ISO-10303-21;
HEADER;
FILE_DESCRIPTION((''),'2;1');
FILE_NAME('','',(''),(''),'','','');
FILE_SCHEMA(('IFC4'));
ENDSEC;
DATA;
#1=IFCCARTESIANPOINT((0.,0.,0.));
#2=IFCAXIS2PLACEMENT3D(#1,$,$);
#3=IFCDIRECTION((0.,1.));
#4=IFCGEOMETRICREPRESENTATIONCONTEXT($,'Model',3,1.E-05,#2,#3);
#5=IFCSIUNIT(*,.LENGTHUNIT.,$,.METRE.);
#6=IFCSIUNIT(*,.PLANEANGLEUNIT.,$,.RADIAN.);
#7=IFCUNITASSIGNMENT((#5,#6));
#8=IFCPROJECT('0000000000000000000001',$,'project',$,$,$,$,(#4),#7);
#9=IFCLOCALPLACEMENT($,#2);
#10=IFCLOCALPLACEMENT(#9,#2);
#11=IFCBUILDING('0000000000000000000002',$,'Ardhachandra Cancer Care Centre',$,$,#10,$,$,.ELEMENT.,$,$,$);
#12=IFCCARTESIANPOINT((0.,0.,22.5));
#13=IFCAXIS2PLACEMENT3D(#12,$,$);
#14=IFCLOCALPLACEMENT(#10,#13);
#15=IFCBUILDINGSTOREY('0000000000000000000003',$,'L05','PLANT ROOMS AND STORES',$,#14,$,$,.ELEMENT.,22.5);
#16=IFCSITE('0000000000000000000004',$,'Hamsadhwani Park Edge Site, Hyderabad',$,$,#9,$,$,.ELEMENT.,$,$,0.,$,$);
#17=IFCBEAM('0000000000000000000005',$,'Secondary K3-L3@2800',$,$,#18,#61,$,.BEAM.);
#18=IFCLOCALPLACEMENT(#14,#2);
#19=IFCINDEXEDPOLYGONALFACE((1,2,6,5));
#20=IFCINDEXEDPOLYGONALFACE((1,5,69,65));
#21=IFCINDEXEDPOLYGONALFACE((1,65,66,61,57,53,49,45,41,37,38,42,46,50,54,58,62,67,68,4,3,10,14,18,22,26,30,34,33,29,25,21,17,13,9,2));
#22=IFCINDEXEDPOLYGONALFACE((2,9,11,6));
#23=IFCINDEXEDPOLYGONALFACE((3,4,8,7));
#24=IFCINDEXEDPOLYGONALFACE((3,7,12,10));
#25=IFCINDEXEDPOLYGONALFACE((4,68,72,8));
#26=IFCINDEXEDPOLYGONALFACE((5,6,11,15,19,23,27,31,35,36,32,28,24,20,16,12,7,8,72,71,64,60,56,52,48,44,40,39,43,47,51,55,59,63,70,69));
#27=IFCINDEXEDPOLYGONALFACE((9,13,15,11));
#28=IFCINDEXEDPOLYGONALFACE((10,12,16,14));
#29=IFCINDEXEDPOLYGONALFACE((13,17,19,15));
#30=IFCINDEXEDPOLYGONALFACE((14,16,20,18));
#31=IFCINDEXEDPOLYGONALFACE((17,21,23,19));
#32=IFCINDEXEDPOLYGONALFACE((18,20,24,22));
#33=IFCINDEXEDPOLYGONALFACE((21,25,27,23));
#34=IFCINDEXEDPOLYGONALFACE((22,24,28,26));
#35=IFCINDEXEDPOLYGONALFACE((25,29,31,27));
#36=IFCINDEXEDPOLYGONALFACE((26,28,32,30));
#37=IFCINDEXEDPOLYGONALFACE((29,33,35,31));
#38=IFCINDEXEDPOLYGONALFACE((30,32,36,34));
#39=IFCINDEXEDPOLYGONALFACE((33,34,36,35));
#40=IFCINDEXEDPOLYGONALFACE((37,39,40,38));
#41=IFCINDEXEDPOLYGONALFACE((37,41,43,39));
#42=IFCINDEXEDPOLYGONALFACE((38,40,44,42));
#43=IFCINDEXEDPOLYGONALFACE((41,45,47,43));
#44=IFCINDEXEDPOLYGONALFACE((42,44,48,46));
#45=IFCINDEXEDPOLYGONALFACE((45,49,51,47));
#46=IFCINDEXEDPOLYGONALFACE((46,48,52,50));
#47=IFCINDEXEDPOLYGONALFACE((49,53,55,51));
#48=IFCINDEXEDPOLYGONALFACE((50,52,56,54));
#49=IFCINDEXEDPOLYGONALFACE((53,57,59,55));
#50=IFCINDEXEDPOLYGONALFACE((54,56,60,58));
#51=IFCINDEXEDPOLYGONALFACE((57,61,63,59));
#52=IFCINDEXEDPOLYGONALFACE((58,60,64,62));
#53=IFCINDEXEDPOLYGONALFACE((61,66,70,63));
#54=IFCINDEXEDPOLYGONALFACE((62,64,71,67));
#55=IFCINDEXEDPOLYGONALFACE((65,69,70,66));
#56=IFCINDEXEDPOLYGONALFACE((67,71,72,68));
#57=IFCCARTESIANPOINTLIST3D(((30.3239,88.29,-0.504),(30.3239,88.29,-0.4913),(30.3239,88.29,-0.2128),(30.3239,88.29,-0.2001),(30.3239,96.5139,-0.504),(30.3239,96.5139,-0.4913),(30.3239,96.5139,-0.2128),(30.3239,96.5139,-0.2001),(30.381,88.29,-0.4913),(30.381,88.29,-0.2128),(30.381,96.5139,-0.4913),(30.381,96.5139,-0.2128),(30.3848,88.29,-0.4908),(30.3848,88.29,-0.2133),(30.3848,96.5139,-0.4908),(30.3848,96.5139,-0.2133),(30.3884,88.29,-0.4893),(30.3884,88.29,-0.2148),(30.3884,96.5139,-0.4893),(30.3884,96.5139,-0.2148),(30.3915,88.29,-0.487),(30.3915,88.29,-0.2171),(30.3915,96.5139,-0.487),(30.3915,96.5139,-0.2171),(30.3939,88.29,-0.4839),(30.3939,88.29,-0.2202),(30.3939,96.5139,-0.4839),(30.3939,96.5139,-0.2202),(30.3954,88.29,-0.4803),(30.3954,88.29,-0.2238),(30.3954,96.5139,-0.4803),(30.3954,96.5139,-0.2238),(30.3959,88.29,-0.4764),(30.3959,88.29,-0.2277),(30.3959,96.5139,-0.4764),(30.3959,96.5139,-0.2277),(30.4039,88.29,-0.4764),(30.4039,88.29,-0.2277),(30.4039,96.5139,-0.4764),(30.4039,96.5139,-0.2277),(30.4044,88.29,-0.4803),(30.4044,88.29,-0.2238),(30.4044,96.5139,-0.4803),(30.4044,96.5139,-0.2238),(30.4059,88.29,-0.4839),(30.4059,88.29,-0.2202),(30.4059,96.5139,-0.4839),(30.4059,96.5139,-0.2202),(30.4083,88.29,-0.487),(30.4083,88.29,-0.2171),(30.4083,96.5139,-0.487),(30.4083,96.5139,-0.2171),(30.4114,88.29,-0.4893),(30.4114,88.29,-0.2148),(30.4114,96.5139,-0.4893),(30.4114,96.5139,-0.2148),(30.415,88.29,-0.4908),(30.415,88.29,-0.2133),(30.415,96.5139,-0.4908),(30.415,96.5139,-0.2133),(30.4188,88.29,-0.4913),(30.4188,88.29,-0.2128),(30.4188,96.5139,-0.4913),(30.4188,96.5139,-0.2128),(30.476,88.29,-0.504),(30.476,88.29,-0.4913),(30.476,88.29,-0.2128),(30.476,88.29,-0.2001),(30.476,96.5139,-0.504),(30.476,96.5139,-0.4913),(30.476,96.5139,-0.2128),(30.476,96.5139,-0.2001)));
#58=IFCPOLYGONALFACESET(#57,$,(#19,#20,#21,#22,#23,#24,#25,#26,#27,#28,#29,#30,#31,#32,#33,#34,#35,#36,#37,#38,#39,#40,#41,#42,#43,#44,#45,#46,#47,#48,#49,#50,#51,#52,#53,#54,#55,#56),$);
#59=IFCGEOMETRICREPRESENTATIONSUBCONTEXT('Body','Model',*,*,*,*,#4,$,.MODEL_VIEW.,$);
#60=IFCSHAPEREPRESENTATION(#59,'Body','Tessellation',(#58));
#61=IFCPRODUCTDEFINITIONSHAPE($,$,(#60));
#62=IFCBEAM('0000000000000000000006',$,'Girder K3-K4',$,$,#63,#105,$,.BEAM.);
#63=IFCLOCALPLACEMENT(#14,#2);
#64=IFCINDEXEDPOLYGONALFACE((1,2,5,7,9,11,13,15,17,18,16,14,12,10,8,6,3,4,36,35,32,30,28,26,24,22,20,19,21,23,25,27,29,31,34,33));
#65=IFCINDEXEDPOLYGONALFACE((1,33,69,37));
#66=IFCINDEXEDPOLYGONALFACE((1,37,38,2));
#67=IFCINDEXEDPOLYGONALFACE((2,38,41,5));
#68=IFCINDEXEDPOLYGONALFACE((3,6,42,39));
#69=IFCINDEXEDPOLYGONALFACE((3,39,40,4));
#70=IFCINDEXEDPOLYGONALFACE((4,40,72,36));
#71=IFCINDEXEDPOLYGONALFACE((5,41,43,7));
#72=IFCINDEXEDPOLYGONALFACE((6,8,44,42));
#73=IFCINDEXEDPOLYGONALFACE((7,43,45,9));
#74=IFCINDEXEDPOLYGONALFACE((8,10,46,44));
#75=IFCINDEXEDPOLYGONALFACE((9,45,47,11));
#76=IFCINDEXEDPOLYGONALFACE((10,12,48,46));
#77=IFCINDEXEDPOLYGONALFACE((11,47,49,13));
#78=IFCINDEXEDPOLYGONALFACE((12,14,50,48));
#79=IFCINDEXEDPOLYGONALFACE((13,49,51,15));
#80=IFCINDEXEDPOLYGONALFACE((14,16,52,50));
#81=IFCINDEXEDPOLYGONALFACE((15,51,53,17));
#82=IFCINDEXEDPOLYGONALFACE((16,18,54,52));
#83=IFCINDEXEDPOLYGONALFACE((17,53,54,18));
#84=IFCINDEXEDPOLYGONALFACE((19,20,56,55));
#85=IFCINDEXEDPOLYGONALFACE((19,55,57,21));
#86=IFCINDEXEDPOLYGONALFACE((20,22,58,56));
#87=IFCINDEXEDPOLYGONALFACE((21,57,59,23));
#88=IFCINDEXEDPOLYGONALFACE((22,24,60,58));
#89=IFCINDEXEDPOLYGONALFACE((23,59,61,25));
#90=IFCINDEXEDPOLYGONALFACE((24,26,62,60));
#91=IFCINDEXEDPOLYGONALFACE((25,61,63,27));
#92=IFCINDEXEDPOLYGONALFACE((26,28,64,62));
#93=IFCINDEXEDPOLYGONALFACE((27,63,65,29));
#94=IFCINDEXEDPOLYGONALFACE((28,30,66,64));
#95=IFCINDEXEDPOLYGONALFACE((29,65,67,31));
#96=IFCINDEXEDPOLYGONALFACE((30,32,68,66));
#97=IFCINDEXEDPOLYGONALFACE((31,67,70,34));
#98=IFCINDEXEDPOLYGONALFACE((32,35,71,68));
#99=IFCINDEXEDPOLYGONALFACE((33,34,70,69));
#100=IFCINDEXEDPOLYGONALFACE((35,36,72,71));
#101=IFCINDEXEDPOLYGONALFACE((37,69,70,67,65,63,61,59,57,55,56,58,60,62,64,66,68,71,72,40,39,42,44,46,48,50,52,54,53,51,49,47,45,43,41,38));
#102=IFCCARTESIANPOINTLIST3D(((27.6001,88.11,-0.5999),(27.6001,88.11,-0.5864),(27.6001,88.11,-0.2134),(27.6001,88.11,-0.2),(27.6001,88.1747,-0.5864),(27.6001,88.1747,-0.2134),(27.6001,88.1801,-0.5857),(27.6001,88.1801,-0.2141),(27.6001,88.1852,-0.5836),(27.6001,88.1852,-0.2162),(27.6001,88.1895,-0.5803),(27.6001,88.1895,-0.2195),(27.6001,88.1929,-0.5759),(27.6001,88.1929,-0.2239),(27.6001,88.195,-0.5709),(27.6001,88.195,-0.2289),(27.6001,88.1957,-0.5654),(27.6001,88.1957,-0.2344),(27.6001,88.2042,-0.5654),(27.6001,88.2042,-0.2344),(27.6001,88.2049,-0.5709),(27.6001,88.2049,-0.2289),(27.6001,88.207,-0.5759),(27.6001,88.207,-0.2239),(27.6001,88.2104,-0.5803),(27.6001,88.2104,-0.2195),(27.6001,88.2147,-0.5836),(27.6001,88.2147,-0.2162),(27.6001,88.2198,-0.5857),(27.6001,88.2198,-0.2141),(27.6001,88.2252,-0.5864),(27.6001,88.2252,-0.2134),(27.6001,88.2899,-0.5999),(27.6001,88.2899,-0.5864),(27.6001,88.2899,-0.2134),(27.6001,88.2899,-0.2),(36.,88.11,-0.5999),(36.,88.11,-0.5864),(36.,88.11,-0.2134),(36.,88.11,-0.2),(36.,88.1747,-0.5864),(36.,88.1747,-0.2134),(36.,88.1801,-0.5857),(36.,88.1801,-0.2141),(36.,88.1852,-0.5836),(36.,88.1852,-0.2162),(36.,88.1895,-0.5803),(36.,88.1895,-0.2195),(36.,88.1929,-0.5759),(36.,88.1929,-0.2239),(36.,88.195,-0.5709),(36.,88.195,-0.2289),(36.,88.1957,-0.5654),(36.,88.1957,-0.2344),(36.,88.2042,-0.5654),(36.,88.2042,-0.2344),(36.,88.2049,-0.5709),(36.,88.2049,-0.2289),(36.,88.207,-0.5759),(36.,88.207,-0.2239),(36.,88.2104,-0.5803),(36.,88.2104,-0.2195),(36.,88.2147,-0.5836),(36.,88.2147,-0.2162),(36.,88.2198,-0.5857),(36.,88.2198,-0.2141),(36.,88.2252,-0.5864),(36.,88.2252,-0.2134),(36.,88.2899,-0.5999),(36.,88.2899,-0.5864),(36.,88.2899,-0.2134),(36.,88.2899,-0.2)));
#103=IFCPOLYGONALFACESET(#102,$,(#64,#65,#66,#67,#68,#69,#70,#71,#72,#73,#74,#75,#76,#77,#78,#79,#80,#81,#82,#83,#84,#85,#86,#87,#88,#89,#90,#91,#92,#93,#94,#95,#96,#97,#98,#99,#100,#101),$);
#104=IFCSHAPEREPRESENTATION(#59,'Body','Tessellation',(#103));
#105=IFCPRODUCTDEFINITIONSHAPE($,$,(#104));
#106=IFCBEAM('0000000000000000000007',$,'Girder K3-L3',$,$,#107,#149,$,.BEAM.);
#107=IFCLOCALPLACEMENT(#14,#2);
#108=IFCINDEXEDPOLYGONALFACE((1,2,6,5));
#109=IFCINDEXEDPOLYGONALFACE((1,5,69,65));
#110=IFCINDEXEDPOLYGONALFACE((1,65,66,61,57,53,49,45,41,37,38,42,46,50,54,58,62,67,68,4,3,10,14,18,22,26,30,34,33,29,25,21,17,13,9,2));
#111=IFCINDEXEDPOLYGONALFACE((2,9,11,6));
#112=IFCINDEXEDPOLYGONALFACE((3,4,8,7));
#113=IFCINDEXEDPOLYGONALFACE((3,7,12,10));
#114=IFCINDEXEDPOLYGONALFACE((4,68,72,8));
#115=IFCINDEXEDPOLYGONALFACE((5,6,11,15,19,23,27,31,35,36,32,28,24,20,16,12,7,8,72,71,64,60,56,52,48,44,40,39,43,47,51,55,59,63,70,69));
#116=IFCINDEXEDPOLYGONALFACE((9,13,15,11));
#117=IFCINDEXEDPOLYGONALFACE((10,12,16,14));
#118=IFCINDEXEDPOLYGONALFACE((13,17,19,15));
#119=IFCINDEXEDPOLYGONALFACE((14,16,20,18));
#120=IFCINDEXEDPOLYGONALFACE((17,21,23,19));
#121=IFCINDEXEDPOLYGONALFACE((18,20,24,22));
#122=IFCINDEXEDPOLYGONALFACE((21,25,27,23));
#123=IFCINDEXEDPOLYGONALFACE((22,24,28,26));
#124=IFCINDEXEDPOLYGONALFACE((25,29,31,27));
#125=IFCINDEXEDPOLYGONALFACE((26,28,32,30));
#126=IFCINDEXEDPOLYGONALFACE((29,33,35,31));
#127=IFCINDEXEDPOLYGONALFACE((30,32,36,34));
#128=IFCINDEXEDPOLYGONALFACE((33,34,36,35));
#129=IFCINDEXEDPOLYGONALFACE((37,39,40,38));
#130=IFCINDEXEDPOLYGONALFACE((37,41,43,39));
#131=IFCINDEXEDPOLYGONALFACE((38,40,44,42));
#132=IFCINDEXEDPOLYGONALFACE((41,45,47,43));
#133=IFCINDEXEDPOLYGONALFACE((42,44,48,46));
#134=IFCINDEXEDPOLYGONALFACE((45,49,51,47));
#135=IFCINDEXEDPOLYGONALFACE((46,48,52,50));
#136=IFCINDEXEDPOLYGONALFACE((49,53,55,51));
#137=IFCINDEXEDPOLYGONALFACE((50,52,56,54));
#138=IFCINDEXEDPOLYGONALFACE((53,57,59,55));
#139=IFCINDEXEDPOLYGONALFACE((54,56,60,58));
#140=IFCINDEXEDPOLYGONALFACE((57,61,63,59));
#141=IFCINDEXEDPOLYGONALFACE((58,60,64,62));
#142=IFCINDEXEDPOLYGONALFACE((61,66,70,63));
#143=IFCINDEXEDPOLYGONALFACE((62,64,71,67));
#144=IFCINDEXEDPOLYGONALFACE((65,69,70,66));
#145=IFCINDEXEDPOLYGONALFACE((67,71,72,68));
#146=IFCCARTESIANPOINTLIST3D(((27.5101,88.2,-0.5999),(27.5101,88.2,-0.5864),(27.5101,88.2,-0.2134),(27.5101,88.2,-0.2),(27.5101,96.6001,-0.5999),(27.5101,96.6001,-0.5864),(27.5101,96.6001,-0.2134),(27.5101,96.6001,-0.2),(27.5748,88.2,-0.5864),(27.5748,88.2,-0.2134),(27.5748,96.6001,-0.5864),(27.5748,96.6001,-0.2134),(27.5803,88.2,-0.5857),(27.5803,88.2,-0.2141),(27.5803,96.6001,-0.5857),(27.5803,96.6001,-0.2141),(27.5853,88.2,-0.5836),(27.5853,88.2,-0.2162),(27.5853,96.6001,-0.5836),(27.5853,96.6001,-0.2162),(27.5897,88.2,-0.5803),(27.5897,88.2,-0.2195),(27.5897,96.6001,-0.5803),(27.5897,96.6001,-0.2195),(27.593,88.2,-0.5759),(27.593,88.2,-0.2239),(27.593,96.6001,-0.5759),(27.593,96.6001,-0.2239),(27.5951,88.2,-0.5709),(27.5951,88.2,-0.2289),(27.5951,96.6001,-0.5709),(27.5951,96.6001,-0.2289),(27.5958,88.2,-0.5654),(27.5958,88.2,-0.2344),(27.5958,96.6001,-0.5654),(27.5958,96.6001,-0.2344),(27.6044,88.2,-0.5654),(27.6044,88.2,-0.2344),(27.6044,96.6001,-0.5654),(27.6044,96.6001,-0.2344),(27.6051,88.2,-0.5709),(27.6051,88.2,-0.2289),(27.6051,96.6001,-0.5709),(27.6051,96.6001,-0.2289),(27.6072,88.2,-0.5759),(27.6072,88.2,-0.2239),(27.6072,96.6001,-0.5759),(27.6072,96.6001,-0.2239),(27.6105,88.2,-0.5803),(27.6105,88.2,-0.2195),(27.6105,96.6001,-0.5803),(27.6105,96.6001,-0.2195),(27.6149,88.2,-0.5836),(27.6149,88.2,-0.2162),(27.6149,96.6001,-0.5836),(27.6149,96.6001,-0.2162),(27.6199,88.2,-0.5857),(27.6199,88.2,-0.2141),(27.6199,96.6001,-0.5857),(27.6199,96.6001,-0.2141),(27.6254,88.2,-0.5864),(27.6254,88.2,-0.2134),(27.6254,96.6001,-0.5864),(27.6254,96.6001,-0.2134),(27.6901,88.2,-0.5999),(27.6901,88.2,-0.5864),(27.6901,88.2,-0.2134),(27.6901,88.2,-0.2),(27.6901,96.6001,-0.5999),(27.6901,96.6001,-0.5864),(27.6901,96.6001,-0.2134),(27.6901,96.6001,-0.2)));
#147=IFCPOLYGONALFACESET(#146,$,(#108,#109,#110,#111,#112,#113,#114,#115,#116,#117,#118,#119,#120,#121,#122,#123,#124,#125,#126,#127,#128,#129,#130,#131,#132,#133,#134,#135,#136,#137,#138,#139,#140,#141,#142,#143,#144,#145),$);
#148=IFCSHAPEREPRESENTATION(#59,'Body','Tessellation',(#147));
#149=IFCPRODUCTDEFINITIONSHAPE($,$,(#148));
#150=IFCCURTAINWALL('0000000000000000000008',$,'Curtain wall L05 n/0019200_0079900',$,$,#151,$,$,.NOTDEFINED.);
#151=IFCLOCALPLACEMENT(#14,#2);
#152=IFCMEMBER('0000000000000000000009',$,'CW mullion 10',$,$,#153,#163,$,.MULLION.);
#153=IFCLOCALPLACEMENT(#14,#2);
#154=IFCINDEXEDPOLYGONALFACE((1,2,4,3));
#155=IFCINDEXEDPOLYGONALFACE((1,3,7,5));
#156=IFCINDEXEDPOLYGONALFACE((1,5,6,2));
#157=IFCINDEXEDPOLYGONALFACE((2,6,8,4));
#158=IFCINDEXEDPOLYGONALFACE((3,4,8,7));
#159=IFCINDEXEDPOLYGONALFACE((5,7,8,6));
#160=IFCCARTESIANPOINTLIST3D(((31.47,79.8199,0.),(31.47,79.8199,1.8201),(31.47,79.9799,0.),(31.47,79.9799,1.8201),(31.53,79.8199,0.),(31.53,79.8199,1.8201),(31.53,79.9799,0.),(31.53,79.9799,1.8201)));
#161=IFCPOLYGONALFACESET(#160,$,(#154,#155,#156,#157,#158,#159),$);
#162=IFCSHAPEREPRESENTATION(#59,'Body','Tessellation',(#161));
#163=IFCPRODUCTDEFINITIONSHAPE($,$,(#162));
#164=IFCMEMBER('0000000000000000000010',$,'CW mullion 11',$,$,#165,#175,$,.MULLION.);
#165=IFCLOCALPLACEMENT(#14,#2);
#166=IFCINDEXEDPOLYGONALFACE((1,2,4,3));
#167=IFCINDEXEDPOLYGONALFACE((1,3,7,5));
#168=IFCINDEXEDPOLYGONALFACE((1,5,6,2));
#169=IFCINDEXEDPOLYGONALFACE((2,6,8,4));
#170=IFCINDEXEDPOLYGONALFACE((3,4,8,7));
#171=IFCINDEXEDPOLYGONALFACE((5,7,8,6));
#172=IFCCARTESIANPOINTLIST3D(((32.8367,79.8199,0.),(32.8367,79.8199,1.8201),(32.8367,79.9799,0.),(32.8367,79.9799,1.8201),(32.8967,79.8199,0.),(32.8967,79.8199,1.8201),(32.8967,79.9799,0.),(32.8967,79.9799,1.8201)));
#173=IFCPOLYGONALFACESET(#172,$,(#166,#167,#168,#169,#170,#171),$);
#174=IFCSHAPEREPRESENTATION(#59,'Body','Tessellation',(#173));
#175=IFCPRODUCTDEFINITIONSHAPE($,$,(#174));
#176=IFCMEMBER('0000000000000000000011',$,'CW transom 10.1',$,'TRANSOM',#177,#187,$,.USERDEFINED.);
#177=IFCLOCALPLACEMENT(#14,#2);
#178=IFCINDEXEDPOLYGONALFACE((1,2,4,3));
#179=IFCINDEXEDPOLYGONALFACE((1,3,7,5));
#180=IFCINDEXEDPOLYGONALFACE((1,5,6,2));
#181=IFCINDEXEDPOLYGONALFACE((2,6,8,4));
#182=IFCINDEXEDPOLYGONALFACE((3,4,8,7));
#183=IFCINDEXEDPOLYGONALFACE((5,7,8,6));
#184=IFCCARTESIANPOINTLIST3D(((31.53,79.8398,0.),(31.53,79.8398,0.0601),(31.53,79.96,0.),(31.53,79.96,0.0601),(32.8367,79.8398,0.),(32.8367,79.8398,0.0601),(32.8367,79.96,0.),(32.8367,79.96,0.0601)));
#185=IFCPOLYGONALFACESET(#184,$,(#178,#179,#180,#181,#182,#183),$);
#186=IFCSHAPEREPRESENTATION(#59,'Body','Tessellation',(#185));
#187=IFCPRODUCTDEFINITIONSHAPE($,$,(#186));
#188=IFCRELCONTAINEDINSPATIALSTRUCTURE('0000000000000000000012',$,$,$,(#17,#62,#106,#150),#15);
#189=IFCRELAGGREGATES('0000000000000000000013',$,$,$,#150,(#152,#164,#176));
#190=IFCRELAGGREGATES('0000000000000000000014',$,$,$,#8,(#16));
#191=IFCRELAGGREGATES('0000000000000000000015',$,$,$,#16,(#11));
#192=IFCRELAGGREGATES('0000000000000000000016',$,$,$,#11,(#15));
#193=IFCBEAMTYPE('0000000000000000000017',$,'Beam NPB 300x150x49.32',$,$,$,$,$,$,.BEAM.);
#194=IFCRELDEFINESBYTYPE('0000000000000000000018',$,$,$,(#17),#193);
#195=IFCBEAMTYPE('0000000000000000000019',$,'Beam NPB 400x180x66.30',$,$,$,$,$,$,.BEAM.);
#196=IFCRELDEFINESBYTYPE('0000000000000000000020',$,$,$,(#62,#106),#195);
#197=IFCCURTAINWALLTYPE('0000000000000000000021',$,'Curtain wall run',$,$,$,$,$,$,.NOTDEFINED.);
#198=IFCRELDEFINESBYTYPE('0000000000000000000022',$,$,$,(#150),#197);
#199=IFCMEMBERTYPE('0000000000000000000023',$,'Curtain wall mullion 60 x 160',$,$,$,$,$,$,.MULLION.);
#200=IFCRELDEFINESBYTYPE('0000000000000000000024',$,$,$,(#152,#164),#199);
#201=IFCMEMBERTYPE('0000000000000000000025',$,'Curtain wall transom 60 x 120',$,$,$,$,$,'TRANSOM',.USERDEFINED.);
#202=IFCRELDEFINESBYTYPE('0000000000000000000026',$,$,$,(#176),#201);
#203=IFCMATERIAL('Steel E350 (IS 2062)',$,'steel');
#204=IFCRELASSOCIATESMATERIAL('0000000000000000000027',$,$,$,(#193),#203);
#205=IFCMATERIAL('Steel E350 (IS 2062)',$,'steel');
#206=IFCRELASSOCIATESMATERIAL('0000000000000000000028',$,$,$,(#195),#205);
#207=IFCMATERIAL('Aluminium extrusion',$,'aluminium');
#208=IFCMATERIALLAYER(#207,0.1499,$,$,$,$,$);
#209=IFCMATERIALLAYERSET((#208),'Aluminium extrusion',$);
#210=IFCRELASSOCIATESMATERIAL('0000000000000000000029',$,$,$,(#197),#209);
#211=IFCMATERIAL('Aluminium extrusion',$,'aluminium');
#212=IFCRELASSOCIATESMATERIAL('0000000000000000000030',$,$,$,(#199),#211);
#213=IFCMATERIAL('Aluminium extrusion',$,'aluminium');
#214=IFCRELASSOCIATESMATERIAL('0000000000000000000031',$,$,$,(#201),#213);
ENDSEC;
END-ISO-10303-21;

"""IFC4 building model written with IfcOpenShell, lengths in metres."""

from ifc_helpers import new_model, si_unit, direction, frame, origin, origin_2d, place, context, subcontext, project, spatial, rectangle, i_section, extrude, material, layer, layer_set, material_profile, profile_set, type_object, element, aggregate, save


model = new_model("IFC4")

# Units and contexts
model_context = context("Model", 3, precision=1e-05, world=origin(), true_north=direction((0.0, 1.0)))
body_context = subcontext(model_context, "Body", "Model", "MODEL_VIEW")
ifc_project = project(units=[si_unit("LENGTHUNIT", "METRE"), si_unit("PLANEANGLEUNIT", "RADIAN")], contexts=[model_context])

# Site, building, storey
site_placement = place(None, origin())
site = spatial("IfcSite", under=ifc_project, at=site_placement, Name="Hamsadhwani Park Edge Site, Hyderabad", CompositionType="ELEMENT", RefElevation=0.0)
building_placement = place(site_placement, origin())
building = spatial("IfcBuilding", under=site, at=building_placement, Name="Ardhachandra Cancer Care Centre", CompositionType="ELEMENT")
storey_placement = place(building_placement, frame((0.0, 0.0, 22.5)))
storey = spatial("IfcBuildingStorey", under=building, at=storey_placement, Name="L05", Description="PLANT ROOMS AND STORES", CompositionType="ELEMENT", Elevation=22.5)

# Beams
ifc_material_1 = material(Name="Steel E350 (IS 2062)", Category="steel")
ifc_material_profile_1 = material_profile(ifc_material_1, i_section(OverallWidth=0.1521, OverallDepth=0.304, WebThickness=0.0081, FlangeThickness=0.0127, FilletRadius=0.0149, at=origin_2d()), Name="NPB 300x150x49.32")
ifc_profile_set_1 = profile_set([ifc_material_profile_1], Name="Steel E350 (IS 2062)")
beam_type_1 = type_object("IfcBeamType", Name="Beam NPB 300x150x49.32", PredefinedType="BEAM", material=ifc_profile_set_1)
beam_1_placement = place(storey_placement, frame((30.3999, 88.29, -0.3521), z_axis=(0.0, 1.0, 0.0), x_axis=(-1.0, 0.0, 0.0)))
element("IfcBeam", 1, at=beam_1_placement, inside=storey, type_object=beam_type_1, Name="Secondary K3-L3@2800", PredefinedType="BEAM", context=body_context, shape_type="SweptSolid", body=[
    extrude(i_section(OverallWidth=0.1521, OverallDepth=0.304, WebThickness=0.0081, FlangeThickness=0.0127, FilletRadius=0.0149, at=origin_2d()), origin(), (0.0, 0.0, 1.0), 8.2239),
])
ifc_material_2 = material(Name="Steel E350 (IS 2062)", Category="steel")
ifc_material_profile_2 = material_profile(ifc_material_2, i_section(OverallWidth=0.1799, OverallDepth=0.3999, WebThickness=0.0085, FlangeThickness=0.0134, FilletRadius=0.021, at=origin_2d()), Name="NPB 400x180x66.30")
ifc_profile_set_2 = profile_set([ifc_material_profile_2], Name="Steel E350 (IS 2062)")
beam_type_2 = type_object("IfcBeamType", Name="Beam NPB 400x180x66.30", PredefinedType="BEAM", material=ifc_profile_set_2)
beam_2_placement = place(storey_placement, frame((27.6001, 88.2, -0.3999), z_axis=(1.0, 0.0, 0.0), x_axis=(0.0, 1.0, 0.0)))
element("IfcBeam", 2, at=beam_2_placement, inside=storey, type_object=beam_type_2, Name="Girder K3-K4", PredefinedType="BEAM", context=body_context, shape_type="SweptSolid", body=[
    extrude(i_section(OverallWidth=0.1799, OverallDepth=0.3999, WebThickness=0.0085, FlangeThickness=0.0134, FilletRadius=0.021, at=origin_2d()), origin(), (0.0, 0.0, 1.0), 8.3999),
])
beam_3_placement = place(storey_placement, frame((27.6001, 88.2, -0.3999), z_axis=(0.0, 1.0, 0.0), x_axis=(-1.0, 0.0, 0.0)))
element("IfcBeam", 3, at=beam_3_placement, inside=storey, type_object=beam_type_2, Name="Girder K3-L3", PredefinedType="BEAM", context=body_context, shape_type="SweptSolid", body=[
    extrude(i_section(OverallWidth=0.1799, OverallDepth=0.3999, WebThickness=0.0085, FlangeThickness=0.0134, FilletRadius=0.021, at=origin_2d()), origin(), (0.0, 0.0, 1.0), 8.4001),
])

# Curtain wall, members
ifc_material_3 = material(Name="Aluminium extrusion", Category="aluminium")
ifc_layer_1 = layer(ifc_material_3, 0.1499)
ifc_layer_set_1 = layer_set([ifc_layer_1], Name="Aluminium extrusion")
curtain_wall_type = type_object("IfcCurtainWallType", Name="Curtain wall run", PredefinedType="NOTDEFINED", material=ifc_layer_set_1)
curtain_wall_placement = place(storey_placement, origin())
curtain_wall = element("IfcCurtainWall", 4, at=curtain_wall_placement, inside=storey, type_object=curtain_wall_type, Name="Curtain wall L05 n/0019200_0079900", PredefinedType="NOTDEFINED")
ifc_material_4 = material(Name="Aluminium extrusion", Category="aluminium")
ifc_material_profile_3 = material_profile(ifc_material_4, rectangle(XDim=0.1599, YDim=0.0601, at=origin_2d()), Name="Curtain wall mullion 60 x 160")
ifc_profile_set_3 = profile_set([ifc_material_profile_3], Name="Aluminium extrusion")
member_type_1 = type_object("IfcMemberType", Name="Curtain wall mullion 60 x 160", PredefinedType="MULLION", material=ifc_profile_set_3)
member_1_placement = place(storey_placement, frame((31.5, 79.8999, 0.0), z_axis=(0.0, 0.0, 1.0), x_axis=(0.0, 1.0, 0.0)))
member_1 = element("IfcMember", 5, at=member_1_placement, type_object=member_type_1, Name="CW mullion 10", PredefinedType="MULLION", context=body_context, shape_type="SweptSolid", body=[
    extrude(rectangle(XDim=0.1599, YDim=0.0601, at=origin_2d()), origin(), (0.0, 0.0, 1.0), 1.8201),
])
member_2_placement = place(storey_placement, frame((32.8667, 79.8999, 0.0), z_axis=(0.0, 0.0, 1.0), x_axis=(0.0, 1.0, 0.0)))
member_2 = element("IfcMember", 6, at=member_2_placement, type_object=member_type_1, Name="CW mullion 11", PredefinedType="MULLION", context=body_context, shape_type="SweptSolid", body=[
    extrude(rectangle(XDim=0.1599, YDim=0.0601, at=origin_2d()), origin(), (0.0, 0.0, 1.0), 1.8201),
])
ifc_material_5 = material(Name="Aluminium extrusion", Category="aluminium")
ifc_material_profile_4 = material_profile(ifc_material_5, rectangle(XDim=0.1201, YDim=0.0601, at=origin_2d()), Name="Curtain wall transom 60 x 120")
ifc_profile_set_4 = profile_set([ifc_material_profile_4], Name="Aluminium extrusion")
member_type_2 = type_object("IfcMemberType", Name="Curtain wall transom 60 x 120", ElementType="TRANSOM", PredefinedType="USERDEFINED", material=ifc_profile_set_4)
member_3_placement = place(storey_placement, frame((31.53, 79.8999, 0.03), z_axis=(1.0, 0.0, 0.0), x_axis=(0.0, 1.0, 0.0)))
member_3 = element("IfcMember", 7, at=member_3_placement, type_object=member_type_2, Name="CW transom 10.1", ObjectType="TRANSOM", PredefinedType="USERDEFINED", context=body_context, shape_type="SweptSolid", body=[
    extrude(rectangle(XDim=0.1201, YDim=0.0601, at=origin_2d()), origin(), (0.0, 0.0, 1.0), 1.3066),
])

aggregate(curtain_wall, [member_1, member_2, member_3])

save(model, "model.ifc")
